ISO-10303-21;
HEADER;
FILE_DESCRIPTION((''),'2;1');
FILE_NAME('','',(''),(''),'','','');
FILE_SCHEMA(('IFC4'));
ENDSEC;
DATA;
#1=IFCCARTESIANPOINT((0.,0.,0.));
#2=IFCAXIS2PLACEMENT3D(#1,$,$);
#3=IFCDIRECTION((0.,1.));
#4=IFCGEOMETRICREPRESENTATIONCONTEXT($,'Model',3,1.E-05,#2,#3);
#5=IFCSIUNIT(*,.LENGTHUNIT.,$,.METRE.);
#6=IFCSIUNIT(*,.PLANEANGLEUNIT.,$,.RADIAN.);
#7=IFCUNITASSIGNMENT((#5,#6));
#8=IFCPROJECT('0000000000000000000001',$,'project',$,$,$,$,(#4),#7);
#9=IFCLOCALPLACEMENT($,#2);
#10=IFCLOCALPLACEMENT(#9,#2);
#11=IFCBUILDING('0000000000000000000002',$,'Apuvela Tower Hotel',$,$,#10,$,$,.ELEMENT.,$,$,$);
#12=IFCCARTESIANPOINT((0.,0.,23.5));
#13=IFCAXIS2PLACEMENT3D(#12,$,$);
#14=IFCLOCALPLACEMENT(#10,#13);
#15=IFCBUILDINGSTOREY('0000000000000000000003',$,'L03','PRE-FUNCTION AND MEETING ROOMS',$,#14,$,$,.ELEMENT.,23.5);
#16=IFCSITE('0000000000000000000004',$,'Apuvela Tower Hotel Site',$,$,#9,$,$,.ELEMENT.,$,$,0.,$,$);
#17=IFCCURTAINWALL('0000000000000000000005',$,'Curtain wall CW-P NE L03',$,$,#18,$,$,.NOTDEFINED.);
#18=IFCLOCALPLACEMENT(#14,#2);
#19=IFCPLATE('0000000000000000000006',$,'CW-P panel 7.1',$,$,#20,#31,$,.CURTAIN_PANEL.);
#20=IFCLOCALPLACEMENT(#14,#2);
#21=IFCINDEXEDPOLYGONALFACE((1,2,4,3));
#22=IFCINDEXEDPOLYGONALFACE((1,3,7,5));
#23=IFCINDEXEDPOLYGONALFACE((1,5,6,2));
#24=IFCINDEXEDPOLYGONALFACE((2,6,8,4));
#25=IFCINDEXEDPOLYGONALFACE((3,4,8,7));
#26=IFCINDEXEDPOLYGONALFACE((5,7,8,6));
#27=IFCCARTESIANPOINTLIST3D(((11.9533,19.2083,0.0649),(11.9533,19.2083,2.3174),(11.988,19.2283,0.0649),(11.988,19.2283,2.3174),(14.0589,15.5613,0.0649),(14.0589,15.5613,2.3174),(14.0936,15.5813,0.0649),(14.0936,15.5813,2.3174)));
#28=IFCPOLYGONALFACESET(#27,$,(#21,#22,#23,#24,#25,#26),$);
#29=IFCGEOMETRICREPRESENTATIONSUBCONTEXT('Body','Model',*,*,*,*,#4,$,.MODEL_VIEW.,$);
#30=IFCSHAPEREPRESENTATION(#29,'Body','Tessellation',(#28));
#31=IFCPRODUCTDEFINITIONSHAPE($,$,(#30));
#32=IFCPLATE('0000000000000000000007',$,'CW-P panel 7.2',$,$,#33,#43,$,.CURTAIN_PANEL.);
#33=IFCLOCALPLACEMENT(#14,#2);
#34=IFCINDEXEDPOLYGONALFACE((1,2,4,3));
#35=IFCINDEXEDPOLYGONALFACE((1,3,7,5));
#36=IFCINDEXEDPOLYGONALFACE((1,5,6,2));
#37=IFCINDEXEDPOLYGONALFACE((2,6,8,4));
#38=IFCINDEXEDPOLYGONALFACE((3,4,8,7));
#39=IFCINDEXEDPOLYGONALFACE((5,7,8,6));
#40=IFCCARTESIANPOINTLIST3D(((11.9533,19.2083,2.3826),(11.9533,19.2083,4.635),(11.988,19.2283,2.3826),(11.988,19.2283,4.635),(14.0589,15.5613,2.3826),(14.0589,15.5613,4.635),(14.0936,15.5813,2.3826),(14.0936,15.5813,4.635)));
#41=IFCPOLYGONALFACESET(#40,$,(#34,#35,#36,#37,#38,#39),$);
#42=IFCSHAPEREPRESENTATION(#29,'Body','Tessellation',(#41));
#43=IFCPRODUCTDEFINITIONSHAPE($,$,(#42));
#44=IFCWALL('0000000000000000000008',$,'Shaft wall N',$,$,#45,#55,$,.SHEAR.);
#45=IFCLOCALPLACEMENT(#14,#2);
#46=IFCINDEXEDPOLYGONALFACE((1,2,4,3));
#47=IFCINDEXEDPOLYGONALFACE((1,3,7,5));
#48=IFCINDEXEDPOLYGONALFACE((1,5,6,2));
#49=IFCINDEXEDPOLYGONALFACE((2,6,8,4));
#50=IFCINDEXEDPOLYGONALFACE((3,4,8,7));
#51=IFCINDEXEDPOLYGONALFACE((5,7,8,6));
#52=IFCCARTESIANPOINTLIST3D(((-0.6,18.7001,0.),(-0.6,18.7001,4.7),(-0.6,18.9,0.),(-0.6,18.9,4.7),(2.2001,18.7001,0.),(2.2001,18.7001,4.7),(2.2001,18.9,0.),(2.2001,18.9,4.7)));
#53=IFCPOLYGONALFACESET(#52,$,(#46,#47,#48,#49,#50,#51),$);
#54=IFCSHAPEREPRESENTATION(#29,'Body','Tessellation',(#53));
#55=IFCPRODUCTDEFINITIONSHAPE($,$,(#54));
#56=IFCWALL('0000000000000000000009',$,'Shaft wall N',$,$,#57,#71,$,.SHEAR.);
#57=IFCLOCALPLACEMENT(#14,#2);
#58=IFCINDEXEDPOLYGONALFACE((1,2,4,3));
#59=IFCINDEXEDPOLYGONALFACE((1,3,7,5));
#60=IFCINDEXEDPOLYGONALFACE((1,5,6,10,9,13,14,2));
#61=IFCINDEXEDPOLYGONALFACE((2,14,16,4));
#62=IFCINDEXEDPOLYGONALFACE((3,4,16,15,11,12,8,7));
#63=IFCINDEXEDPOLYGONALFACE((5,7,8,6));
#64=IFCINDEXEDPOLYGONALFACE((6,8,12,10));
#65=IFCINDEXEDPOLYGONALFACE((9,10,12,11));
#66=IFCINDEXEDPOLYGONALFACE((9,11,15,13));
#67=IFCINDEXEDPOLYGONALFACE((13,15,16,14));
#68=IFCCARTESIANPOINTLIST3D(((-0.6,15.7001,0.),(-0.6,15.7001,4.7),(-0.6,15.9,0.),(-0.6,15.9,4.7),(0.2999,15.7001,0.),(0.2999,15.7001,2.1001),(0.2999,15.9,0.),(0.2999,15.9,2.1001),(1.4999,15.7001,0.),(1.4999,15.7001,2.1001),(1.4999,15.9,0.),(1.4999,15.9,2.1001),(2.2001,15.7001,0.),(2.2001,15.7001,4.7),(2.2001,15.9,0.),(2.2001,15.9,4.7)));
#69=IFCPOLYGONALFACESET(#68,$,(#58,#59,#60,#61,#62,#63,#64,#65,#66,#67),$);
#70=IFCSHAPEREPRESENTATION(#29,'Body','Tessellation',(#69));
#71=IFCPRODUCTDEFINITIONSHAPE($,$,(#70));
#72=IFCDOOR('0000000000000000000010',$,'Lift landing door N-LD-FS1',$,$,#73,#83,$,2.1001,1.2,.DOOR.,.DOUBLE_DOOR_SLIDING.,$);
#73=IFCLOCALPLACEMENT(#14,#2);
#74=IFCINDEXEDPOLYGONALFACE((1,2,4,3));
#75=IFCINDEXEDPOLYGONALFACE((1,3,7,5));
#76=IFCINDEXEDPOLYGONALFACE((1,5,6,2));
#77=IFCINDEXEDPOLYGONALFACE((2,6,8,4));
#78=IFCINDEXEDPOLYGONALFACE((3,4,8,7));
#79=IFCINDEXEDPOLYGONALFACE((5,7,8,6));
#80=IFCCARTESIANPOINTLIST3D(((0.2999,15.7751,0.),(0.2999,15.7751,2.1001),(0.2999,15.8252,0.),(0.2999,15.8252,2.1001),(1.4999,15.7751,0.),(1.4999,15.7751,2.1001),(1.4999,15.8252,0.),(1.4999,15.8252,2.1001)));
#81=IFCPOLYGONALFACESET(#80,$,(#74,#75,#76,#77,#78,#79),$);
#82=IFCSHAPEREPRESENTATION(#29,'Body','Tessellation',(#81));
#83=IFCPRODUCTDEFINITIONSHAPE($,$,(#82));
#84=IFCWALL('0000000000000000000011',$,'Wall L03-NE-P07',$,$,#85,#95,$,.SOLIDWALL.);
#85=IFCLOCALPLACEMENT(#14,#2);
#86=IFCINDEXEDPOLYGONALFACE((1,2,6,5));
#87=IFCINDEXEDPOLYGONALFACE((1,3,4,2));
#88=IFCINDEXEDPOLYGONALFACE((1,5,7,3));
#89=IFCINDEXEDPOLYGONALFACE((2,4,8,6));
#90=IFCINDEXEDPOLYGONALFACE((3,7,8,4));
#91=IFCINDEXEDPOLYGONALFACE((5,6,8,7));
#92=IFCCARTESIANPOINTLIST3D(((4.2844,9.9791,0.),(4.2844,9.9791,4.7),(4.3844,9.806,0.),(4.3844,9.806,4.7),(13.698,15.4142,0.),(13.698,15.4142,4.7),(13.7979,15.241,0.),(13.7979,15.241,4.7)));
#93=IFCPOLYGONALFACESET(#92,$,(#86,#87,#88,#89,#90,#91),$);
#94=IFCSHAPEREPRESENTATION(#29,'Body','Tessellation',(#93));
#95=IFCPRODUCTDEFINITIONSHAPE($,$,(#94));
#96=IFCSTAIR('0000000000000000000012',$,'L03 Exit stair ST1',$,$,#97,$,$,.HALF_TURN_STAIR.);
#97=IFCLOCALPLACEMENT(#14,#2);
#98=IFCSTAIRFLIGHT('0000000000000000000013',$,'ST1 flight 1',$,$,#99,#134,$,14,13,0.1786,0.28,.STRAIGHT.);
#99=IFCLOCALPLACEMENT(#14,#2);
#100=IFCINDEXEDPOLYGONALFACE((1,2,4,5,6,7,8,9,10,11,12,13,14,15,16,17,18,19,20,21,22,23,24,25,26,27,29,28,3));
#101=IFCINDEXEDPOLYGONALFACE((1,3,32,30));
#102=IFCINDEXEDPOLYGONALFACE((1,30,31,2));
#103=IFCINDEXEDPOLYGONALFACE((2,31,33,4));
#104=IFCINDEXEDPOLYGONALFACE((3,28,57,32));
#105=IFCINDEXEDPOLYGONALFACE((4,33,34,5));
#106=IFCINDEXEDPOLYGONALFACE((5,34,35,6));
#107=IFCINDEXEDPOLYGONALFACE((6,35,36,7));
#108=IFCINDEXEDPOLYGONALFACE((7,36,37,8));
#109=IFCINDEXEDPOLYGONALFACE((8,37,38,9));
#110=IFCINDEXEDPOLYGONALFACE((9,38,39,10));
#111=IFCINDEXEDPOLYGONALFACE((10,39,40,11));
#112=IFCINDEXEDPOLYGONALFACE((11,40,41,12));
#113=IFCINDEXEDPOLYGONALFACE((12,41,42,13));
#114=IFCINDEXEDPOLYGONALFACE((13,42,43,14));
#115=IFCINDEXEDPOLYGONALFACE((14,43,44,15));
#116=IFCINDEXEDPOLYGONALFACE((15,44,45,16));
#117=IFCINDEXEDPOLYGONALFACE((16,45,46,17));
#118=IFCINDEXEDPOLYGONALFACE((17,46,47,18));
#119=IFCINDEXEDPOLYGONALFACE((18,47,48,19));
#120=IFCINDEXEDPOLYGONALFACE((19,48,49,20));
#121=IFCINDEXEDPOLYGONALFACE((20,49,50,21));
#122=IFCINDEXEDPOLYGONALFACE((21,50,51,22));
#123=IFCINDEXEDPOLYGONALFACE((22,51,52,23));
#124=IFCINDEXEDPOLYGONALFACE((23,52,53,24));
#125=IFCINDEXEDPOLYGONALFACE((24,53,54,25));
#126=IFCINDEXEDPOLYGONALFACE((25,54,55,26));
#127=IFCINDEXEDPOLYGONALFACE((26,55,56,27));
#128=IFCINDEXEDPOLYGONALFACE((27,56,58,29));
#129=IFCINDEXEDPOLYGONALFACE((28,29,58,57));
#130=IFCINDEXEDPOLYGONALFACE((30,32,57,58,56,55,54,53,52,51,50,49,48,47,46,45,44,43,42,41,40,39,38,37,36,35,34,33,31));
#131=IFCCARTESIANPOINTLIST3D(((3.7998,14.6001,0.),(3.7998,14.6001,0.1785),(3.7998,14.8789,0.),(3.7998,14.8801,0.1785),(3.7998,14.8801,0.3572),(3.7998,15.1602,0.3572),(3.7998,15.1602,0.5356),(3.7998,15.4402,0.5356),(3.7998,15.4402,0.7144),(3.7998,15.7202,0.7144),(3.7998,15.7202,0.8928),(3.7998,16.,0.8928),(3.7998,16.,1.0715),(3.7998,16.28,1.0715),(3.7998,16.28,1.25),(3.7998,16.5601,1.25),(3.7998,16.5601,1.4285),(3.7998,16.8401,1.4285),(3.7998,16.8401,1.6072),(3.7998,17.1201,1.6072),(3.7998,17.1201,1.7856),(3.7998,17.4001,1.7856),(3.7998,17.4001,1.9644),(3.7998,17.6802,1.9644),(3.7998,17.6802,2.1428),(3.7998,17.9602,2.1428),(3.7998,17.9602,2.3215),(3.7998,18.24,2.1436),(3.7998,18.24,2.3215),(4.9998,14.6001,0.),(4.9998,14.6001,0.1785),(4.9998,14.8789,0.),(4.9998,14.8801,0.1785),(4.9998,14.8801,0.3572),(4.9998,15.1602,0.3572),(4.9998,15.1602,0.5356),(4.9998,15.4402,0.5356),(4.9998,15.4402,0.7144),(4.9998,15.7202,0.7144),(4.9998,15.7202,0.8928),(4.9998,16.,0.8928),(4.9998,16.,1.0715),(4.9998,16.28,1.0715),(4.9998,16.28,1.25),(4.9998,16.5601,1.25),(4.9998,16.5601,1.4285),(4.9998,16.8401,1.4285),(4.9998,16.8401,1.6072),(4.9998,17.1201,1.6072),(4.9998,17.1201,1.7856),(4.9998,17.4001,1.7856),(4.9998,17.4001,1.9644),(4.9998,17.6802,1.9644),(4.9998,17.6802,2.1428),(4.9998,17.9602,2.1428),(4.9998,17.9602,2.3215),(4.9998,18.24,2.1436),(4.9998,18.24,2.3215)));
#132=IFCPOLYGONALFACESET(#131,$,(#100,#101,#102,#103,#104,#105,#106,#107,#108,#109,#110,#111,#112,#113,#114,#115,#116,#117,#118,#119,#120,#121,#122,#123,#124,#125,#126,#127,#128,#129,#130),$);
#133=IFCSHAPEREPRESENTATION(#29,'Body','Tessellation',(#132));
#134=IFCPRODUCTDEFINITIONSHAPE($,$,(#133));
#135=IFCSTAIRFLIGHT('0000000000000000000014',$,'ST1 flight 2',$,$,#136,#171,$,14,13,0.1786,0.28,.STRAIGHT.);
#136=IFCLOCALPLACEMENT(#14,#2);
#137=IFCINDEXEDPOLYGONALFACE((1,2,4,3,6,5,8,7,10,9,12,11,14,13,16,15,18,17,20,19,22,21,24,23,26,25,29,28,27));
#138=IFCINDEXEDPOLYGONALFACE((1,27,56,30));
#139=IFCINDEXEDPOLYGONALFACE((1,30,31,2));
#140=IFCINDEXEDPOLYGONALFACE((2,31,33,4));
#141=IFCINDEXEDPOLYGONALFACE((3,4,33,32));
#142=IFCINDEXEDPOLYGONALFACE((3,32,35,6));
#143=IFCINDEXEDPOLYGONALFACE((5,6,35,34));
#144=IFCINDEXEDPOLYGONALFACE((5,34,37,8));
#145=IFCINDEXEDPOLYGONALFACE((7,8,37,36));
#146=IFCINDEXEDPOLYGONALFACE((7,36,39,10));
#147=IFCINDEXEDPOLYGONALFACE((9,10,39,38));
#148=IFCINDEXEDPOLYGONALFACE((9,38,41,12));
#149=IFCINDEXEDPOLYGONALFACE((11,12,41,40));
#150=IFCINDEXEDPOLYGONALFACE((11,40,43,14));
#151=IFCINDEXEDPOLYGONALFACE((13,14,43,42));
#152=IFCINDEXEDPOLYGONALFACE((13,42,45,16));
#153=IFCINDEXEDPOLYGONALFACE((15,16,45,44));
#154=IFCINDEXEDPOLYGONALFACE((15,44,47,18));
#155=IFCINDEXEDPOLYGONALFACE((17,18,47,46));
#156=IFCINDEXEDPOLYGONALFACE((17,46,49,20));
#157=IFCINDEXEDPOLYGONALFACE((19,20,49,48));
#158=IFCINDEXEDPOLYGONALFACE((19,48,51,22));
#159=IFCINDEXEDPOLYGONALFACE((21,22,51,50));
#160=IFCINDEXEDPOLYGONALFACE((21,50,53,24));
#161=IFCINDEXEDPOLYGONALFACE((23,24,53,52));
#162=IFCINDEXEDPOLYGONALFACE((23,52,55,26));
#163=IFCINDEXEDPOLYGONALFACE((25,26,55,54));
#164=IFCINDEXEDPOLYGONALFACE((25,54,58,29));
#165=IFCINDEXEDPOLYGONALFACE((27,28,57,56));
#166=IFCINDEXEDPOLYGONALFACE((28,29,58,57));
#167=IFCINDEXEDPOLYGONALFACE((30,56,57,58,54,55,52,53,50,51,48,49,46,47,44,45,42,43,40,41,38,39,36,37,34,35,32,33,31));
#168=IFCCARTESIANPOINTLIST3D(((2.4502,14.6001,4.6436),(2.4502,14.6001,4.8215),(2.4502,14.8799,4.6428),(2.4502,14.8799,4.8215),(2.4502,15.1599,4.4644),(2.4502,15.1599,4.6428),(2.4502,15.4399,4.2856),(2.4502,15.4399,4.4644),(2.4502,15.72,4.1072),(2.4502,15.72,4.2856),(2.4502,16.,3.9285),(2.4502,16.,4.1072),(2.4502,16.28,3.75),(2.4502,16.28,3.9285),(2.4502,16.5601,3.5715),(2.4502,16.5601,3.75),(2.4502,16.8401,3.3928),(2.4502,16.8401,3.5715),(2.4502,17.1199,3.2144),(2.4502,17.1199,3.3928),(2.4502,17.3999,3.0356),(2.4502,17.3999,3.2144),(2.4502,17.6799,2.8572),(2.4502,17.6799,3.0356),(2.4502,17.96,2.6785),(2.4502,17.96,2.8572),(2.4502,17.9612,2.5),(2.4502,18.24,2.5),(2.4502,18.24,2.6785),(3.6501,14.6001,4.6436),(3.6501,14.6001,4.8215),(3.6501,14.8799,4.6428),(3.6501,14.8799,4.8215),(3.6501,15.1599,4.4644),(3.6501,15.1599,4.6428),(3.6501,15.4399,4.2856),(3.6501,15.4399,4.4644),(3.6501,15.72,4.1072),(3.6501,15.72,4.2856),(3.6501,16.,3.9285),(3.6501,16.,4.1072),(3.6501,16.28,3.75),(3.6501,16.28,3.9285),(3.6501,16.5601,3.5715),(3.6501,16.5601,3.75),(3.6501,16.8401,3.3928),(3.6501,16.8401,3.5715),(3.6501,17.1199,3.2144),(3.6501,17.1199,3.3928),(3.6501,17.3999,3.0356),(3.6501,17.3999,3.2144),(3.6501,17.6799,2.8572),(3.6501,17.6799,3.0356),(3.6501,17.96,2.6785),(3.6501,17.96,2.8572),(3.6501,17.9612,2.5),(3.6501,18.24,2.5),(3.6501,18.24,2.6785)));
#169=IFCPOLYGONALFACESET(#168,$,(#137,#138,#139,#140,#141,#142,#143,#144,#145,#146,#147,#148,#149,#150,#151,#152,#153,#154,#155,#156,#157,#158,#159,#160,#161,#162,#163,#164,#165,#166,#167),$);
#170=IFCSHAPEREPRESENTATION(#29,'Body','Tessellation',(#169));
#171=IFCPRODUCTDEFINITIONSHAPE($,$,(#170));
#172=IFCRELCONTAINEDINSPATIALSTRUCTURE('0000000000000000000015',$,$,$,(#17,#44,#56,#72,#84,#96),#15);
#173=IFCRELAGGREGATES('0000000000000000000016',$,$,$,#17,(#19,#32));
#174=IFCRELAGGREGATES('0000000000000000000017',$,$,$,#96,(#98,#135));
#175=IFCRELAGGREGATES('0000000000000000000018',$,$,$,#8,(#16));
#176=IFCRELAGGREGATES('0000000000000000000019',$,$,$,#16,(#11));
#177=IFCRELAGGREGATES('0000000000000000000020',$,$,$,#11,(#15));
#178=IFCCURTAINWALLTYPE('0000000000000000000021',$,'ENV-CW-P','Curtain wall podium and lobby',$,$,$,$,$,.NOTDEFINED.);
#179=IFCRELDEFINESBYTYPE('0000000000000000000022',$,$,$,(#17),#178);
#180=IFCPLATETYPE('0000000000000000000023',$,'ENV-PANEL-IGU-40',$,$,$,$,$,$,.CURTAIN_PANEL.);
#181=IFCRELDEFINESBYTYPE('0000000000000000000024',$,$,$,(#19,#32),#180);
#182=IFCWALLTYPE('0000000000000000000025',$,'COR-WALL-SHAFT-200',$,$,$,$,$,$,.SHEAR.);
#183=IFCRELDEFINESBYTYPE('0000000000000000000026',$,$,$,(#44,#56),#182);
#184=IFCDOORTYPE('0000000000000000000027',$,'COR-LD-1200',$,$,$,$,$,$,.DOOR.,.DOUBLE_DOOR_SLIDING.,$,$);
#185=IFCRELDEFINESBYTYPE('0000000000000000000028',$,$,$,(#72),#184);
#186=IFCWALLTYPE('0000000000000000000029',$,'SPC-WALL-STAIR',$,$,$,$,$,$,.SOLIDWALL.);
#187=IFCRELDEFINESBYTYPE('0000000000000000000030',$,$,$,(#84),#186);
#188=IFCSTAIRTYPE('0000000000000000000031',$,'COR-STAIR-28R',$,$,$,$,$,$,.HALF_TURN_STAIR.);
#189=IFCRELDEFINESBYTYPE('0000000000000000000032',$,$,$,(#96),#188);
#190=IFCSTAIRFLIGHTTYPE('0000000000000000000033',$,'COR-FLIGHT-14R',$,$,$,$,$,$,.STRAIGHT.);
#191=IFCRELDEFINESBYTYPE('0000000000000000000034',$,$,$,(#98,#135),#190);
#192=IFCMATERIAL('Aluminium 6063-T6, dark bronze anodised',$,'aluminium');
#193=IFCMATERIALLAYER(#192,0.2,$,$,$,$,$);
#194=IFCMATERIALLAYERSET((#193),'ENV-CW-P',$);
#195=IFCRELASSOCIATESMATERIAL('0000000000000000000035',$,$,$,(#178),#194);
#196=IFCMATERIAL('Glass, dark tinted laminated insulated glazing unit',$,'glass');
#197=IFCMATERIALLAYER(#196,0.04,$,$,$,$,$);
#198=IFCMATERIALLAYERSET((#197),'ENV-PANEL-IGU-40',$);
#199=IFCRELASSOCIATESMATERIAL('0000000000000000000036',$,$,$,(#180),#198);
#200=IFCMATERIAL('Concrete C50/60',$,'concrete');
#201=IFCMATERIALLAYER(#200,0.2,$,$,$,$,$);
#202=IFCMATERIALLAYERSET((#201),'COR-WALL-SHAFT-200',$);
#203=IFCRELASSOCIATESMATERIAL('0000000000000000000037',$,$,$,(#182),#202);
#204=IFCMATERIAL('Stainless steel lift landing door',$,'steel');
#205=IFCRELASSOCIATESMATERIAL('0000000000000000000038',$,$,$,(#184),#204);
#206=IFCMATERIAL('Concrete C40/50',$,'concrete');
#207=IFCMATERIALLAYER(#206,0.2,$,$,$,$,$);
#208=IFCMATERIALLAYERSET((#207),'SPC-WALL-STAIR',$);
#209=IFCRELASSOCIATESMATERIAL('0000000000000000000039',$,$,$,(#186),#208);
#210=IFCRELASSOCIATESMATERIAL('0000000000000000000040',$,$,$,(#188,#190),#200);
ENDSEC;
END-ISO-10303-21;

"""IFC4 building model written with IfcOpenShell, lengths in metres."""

from ifc_helpers import new_model, si_unit, direction, frame, frame_2d, origin, origin_2d, place, context, subcontext, project, spatial, polyline, rectangle, outline, extrude, material, layer, layer_set, type_object, element, fill, aggregate, save


model = new_model("IFC4")

# Units and contexts
model_context = context("Model", 3, precision=1e-05, world=origin(), true_north=direction((0.0, 1.0)))
body_context = subcontext(model_context, "Body", "Model", "MODEL_VIEW")
ifc_project = project(units=[si_unit("LENGTHUNIT", "METRE"), si_unit("PLANEANGLEUNIT", "RADIAN")], contexts=[model_context])

# Site, building, storey
site_placement = place(None, origin())
site = spatial("IfcSite", under=ifc_project, at=site_placement, Name="Apuvela Tower Hotel Site", CompositionType="ELEMENT", RefElevation=0.0)
building_placement = place(site_placement, origin())
building = spatial("IfcBuilding", under=site, at=building_placement, Name="Apuvela Tower Hotel", CompositionType="ELEMENT")
storey_placement = place(building_placement, frame((0.0, 0.0, 23.5)))
storey = spatial("IfcBuildingStorey", under=building, at=storey_placement, Name="L03", Description="PRE-FUNCTION AND MEETING ROOMS", CompositionType="ELEMENT", Elevation=23.5)

# Curtain wall
ifc_material_1 = material(Name="Aluminium 6063-T6, dark bronze anodised", Category="aluminium")
ifc_layer_1 = layer(ifc_material_1, 0.2)
ifc_layer_set_1 = layer_set([ifc_layer_1], Name="ENV-CW-P")
curtain_wall_type = type_object("IfcCurtainWallType", Name="ENV-CW-P", Description="Curtain wall podium and lobby", PredefinedType="NOTDEFINED", material=ifc_layer_set_1)
curtain_wall_placement = place(storey_placement, origin())
curtain_wall = element("IfcCurtainWall", 1, at=curtain_wall_placement, inside=storey, type_object=curtain_wall_type, Name="Curtain wall CW-P NE L03", PredefinedType="NOTDEFINED")

# Plates
ifc_material_2 = material(Name="Glass, dark tinted laminated insulated glazing unit", Category="glass")
ifc_layer_2 = layer(ifc_material_2, 0.04)
ifc_layer_set_2 = layer_set([ifc_layer_2], Name="ENV-PANEL-IGU-40")
plate_type = type_object("IfcPlateType", Name="ENV-PANEL-IGU-40", PredefinedType="CURTAIN_PANEL", material=ifc_layer_set_2)
plate_1_placement = place(storey_placement, frame((13.0234, 17.3948, 0.0649), z_axis=(0.0, 0.0, 1.0), x_axis=(-0.5, 0.866026, 0.0)))
plate_1 = element("IfcPlate", 2, at=plate_1_placement, type_object=plate_type, Name="CW-P panel 7.1", PredefinedType="CURTAIN_PANEL", context=body_context, shape_type="SweptSolid", body=[
    extrude(rectangle(XDim=4.2112, YDim=0.04, at=origin_2d()), origin(), (0.0, 0.0, 1.0), 2.2524),
])
plate_2_placement = place(storey_placement, frame((13.0234, 17.3948, 2.3826), z_axis=(0.0, 0.0, 1.0), x_axis=(-0.5, 0.866026, 0.0)))
plate_2 = element("IfcPlate", 3, at=plate_2_placement, type_object=plate_type, Name="CW-P panel 7.2", PredefinedType="CURTAIN_PANEL", context=body_context, shape_type="SweptSolid", body=[
    extrude(rectangle(XDim=4.2112, YDim=0.04, at=origin_2d()), origin(), (0.0, 0.0, 1.0), 2.2524),
])
aggregate(curtain_wall, [plate_1, plate_2])

# Wall
ifc_material_3 = material(Name="Concrete C50/60", Category="concrete")
ifc_layer_3 = layer(ifc_material_3, 0.2)
ifc_layer_set_3 = layer_set([ifc_layer_3], Name="COR-WALL-SHAFT-200")
wall_type_1 = type_object("IfcWallType", Name="COR-WALL-SHAFT-200", PredefinedType="SHEAR", material=ifc_layer_set_3)
wall_1_placement = place(storey_placement, frame((2.2, 18.8, 0.0), z_axis=(0.0, 0.0, 1.0), x_axis=(-1.0, 0.0, 0.0)))
element("IfcWall", 4, at=wall_1_placement, inside=storey, type_object=wall_type_1, Name="Shaft wall N", PredefinedType="SHEAR", context=body_context, shape_type="SweptSolid", body=[
    extrude(rectangle(XDim=2.8, YDim=0.2, at=frame_2d((1.3999, 0.0))), origin(), (0.0, 0.0, 1.0), 4.7),
])

# Wall, opening, door
wall_2_placement = place(storey_placement, frame((2.2, 15.8, 0.0), z_axis=(0.0, 0.0, 1.0), x_axis=(-1.0, 0.0, 0.0)))
wall_2 = element("IfcWall", 5, at=wall_2_placement, inside=storey, type_object=wall_type_1, Name="Shaft wall N", PredefinedType="SHEAR", context=body_context, shape_type="SweptSolid", body=[
    extrude(rectangle(XDim=2.8, YDim=0.2, at=frame_2d((1.3999, 0.0))), origin(), (0.0, 0.0, 1.0), 4.7),
])
opening_placement = place(wall_2_placement, frame((0.7, 0.0, 0.0)))
opening = element("IfcOpeningElement", 6, at=opening_placement, cuts=wall_2, PredefinedType="OPENING", context=body_context, shape_type="SweptSolid", body=[
    extrude(rectangle(XDim=1.2, YDim=2.1001, at=frame_2d((0.6001, 1.05))), frame((0.0, 0.1099, 0.0), z_axis=(0.0, -1.0, 0.0), x_axis=(1.0, 0.0, 0.0)), (0.0, 0.0, 1.0), 0.22),
])
ifc_material_4 = material(Name="Stainless steel lift landing door", Category="steel")
door_type = type_object("IfcDoorType", Name="COR-LD-1200", OperationType="DOUBLE_DOOR_SLIDING", PredefinedType="DOOR", material=ifc_material_4)
door_placement = place(opening_placement, origin())
door = element("IfcDoor", 7, at=door_placement, inside=storey, type_object=door_type, Name="Lift landing door N-LD-FS1", OperationType="DOUBLE_DOOR_SLIDING", OverallHeight=2.1001, OverallWidth=1.2, PredefinedType="DOOR", context=body_context, shape_type="SweptSolid", body=[
    extrude(rectangle(XDim=1.2, YDim=2.1001, at=frame_2d((0.6001, 1.05))), frame((0.0, 0.0249, 0.0), z_axis=(0.0, -1.0, 0.0), x_axis=(1.0, 0.0, 0.0)), (0.0, 0.0, 1.0), 0.05),
])
fill(opening, door)

# Wall
ifc_material_5 = material(Name="Concrete C40/50", Category="concrete")
ifc_layer_4 = layer(ifc_material_5, 0.2)
ifc_layer_set_4 = layer_set([ifc_layer_4], Name="SPC-WALL-STAIR")
wall_type_2 = type_object("IfcWallType", Name="SPC-WALL-STAIR", PredefinedType="SOLIDWALL", material=ifc_layer_set_4)
wall_3_placement = place(storey_placement, frame((13.748, 15.3276, 0.0), z_axis=(0.0, 0.0, 1.0), x_axis=(-0.86602, -0.500009, 0.0)))
element("IfcWall", 8, at=wall_3_placement, inside=storey, type_object=wall_type_2, Name="Wall L03-NE-P07", PredefinedType="SOLIDWALL", context=body_context, shape_type="SweptSolid", body=[
    extrude(rectangle(XDim=10.8699, YDim=0.2, at=frame_2d((5.4351, 0.0))), origin(), (0.0, 0.0, 1.0), 4.7),
])

# Stair, stair flights
stair_type = type_object("IfcStairType", Name="COR-STAIR-28R", PredefinedType="HALF_TURN_STAIR", material=ifc_material_3)
stair_placement = place(storey_placement, origin())
stair = element("IfcStair", 9, at=stair_placement, inside=storey, type_object=stair_type, Name="L03 Exit stair ST1", PredefinedType="HALF_TURN_STAIR")
stair_flight_type = type_object("IfcStairFlightType", Name="COR-FLIGHT-14R", PredefinedType="STRAIGHT", material=ifc_material_3)
stair_flight_1_placement = place(storey_placement, frame((4.3999, 14.6001, 0.0), z_axis=(0.0, 0.0, 1.0), x_axis=(0.0, 1.0, 0.0)))
stair_flight_1 = element("IfcStairFlight", 10, at=stair_flight_1_placement, type_object=stair_flight_type, Name="ST1 flight 1", NumberOfRisers=14, NumberOfTreads=13, PredefinedType="STRAIGHT", RiserHeight=0.1786, TreadLength=0.28, context=body_context, shape_type="SweptSolid", body=[
    extrude(outline(polyline([(0.0, 0.0), (0.0, 0.1785), (0.28, 0.1785), (0.28, 0.3572), (0.5601, 0.3572), (0.5601, 0.5356), (0.8401, 0.5356), (0.8401, 0.7144), (1.1201, 0.7144), (1.1201, 0.8928), (1.3999, 0.8928), (1.3999, 1.0715), (1.6799, 1.0715), (1.6799, 1.25), (1.96, 1.25), (1.96, 1.4285), (2.24, 1.4285), (2.24, 1.6072), (2.52, 1.6072), (2.52, 1.7856), (2.8, 1.7856), (2.8, 1.9644), (3.0801, 1.9644), (3.0801, 2.1428), (3.3601, 2.1428), (3.3601, 2.3215), (3.6399, 2.3215), (3.6399, 2.5), (3.6399, 2.1436), (0.2788, 0.0), (0.0, 0.0)])), frame((0.0, 0.6001, 0.0), z_axis=(0.0, -1.0, 0.0), x_axis=(1.0, 0.0, 0.0)), (0.0, 0.0, 1.0), 1.2),
])
stair_flight_2_placement = place(storey_placement, frame((3.05, 18.24, 2.5), z_axis=(0.0, 0.0, 1.0), x_axis=(0.0, -1.0, 0.0)))
stair_flight_2 = element("IfcStairFlight", 11, at=stair_flight_2_placement, type_object=stair_flight_type, Name="ST1 flight 2", NumberOfRisers=14, NumberOfTreads=13, PredefinedType="STRAIGHT", RiserHeight=0.1786, TreadLength=0.28, context=body_context, shape_type="SweptSolid", body=[
    extrude(outline(polyline([(0.0, 0.0), (0.0, 0.1785), (0.28, 0.1785), (0.28, 0.3572), (0.5601, 0.3572), (0.5601, 0.5356), (0.8401, 0.5356), (0.8401, 0.7144), (1.1201, 0.7144), (1.1201, 0.8928), (1.3999, 0.8928), (1.3999, 1.0715), (1.6799, 1.0715), (1.6799, 1.25), (1.96, 1.25), (1.96, 1.4285), (2.24, 1.4285), (2.24, 1.6072), (2.52, 1.6072), (2.52, 1.7856), (2.8, 1.7856), (2.8, 1.9644), (3.0801, 1.9644), (3.0801, 2.1428), (3.3601, 2.1428), (3.3601, 2.3215), (3.6399, 2.3215), (3.6399, 2.5), (3.6399, 2.1436), (0.2788, 0.0), (0.0, 0.0)])), frame((0.0, 0.6001, 0.0), z_axis=(0.0, -1.0, 0.0), x_axis=(1.0, 0.0, 0.0)), (0.0, 0.0, 1.0), 1.2),
])
aggregate(stair, [stair_flight_1, stair_flight_2])

save(model, "model.ifc")
